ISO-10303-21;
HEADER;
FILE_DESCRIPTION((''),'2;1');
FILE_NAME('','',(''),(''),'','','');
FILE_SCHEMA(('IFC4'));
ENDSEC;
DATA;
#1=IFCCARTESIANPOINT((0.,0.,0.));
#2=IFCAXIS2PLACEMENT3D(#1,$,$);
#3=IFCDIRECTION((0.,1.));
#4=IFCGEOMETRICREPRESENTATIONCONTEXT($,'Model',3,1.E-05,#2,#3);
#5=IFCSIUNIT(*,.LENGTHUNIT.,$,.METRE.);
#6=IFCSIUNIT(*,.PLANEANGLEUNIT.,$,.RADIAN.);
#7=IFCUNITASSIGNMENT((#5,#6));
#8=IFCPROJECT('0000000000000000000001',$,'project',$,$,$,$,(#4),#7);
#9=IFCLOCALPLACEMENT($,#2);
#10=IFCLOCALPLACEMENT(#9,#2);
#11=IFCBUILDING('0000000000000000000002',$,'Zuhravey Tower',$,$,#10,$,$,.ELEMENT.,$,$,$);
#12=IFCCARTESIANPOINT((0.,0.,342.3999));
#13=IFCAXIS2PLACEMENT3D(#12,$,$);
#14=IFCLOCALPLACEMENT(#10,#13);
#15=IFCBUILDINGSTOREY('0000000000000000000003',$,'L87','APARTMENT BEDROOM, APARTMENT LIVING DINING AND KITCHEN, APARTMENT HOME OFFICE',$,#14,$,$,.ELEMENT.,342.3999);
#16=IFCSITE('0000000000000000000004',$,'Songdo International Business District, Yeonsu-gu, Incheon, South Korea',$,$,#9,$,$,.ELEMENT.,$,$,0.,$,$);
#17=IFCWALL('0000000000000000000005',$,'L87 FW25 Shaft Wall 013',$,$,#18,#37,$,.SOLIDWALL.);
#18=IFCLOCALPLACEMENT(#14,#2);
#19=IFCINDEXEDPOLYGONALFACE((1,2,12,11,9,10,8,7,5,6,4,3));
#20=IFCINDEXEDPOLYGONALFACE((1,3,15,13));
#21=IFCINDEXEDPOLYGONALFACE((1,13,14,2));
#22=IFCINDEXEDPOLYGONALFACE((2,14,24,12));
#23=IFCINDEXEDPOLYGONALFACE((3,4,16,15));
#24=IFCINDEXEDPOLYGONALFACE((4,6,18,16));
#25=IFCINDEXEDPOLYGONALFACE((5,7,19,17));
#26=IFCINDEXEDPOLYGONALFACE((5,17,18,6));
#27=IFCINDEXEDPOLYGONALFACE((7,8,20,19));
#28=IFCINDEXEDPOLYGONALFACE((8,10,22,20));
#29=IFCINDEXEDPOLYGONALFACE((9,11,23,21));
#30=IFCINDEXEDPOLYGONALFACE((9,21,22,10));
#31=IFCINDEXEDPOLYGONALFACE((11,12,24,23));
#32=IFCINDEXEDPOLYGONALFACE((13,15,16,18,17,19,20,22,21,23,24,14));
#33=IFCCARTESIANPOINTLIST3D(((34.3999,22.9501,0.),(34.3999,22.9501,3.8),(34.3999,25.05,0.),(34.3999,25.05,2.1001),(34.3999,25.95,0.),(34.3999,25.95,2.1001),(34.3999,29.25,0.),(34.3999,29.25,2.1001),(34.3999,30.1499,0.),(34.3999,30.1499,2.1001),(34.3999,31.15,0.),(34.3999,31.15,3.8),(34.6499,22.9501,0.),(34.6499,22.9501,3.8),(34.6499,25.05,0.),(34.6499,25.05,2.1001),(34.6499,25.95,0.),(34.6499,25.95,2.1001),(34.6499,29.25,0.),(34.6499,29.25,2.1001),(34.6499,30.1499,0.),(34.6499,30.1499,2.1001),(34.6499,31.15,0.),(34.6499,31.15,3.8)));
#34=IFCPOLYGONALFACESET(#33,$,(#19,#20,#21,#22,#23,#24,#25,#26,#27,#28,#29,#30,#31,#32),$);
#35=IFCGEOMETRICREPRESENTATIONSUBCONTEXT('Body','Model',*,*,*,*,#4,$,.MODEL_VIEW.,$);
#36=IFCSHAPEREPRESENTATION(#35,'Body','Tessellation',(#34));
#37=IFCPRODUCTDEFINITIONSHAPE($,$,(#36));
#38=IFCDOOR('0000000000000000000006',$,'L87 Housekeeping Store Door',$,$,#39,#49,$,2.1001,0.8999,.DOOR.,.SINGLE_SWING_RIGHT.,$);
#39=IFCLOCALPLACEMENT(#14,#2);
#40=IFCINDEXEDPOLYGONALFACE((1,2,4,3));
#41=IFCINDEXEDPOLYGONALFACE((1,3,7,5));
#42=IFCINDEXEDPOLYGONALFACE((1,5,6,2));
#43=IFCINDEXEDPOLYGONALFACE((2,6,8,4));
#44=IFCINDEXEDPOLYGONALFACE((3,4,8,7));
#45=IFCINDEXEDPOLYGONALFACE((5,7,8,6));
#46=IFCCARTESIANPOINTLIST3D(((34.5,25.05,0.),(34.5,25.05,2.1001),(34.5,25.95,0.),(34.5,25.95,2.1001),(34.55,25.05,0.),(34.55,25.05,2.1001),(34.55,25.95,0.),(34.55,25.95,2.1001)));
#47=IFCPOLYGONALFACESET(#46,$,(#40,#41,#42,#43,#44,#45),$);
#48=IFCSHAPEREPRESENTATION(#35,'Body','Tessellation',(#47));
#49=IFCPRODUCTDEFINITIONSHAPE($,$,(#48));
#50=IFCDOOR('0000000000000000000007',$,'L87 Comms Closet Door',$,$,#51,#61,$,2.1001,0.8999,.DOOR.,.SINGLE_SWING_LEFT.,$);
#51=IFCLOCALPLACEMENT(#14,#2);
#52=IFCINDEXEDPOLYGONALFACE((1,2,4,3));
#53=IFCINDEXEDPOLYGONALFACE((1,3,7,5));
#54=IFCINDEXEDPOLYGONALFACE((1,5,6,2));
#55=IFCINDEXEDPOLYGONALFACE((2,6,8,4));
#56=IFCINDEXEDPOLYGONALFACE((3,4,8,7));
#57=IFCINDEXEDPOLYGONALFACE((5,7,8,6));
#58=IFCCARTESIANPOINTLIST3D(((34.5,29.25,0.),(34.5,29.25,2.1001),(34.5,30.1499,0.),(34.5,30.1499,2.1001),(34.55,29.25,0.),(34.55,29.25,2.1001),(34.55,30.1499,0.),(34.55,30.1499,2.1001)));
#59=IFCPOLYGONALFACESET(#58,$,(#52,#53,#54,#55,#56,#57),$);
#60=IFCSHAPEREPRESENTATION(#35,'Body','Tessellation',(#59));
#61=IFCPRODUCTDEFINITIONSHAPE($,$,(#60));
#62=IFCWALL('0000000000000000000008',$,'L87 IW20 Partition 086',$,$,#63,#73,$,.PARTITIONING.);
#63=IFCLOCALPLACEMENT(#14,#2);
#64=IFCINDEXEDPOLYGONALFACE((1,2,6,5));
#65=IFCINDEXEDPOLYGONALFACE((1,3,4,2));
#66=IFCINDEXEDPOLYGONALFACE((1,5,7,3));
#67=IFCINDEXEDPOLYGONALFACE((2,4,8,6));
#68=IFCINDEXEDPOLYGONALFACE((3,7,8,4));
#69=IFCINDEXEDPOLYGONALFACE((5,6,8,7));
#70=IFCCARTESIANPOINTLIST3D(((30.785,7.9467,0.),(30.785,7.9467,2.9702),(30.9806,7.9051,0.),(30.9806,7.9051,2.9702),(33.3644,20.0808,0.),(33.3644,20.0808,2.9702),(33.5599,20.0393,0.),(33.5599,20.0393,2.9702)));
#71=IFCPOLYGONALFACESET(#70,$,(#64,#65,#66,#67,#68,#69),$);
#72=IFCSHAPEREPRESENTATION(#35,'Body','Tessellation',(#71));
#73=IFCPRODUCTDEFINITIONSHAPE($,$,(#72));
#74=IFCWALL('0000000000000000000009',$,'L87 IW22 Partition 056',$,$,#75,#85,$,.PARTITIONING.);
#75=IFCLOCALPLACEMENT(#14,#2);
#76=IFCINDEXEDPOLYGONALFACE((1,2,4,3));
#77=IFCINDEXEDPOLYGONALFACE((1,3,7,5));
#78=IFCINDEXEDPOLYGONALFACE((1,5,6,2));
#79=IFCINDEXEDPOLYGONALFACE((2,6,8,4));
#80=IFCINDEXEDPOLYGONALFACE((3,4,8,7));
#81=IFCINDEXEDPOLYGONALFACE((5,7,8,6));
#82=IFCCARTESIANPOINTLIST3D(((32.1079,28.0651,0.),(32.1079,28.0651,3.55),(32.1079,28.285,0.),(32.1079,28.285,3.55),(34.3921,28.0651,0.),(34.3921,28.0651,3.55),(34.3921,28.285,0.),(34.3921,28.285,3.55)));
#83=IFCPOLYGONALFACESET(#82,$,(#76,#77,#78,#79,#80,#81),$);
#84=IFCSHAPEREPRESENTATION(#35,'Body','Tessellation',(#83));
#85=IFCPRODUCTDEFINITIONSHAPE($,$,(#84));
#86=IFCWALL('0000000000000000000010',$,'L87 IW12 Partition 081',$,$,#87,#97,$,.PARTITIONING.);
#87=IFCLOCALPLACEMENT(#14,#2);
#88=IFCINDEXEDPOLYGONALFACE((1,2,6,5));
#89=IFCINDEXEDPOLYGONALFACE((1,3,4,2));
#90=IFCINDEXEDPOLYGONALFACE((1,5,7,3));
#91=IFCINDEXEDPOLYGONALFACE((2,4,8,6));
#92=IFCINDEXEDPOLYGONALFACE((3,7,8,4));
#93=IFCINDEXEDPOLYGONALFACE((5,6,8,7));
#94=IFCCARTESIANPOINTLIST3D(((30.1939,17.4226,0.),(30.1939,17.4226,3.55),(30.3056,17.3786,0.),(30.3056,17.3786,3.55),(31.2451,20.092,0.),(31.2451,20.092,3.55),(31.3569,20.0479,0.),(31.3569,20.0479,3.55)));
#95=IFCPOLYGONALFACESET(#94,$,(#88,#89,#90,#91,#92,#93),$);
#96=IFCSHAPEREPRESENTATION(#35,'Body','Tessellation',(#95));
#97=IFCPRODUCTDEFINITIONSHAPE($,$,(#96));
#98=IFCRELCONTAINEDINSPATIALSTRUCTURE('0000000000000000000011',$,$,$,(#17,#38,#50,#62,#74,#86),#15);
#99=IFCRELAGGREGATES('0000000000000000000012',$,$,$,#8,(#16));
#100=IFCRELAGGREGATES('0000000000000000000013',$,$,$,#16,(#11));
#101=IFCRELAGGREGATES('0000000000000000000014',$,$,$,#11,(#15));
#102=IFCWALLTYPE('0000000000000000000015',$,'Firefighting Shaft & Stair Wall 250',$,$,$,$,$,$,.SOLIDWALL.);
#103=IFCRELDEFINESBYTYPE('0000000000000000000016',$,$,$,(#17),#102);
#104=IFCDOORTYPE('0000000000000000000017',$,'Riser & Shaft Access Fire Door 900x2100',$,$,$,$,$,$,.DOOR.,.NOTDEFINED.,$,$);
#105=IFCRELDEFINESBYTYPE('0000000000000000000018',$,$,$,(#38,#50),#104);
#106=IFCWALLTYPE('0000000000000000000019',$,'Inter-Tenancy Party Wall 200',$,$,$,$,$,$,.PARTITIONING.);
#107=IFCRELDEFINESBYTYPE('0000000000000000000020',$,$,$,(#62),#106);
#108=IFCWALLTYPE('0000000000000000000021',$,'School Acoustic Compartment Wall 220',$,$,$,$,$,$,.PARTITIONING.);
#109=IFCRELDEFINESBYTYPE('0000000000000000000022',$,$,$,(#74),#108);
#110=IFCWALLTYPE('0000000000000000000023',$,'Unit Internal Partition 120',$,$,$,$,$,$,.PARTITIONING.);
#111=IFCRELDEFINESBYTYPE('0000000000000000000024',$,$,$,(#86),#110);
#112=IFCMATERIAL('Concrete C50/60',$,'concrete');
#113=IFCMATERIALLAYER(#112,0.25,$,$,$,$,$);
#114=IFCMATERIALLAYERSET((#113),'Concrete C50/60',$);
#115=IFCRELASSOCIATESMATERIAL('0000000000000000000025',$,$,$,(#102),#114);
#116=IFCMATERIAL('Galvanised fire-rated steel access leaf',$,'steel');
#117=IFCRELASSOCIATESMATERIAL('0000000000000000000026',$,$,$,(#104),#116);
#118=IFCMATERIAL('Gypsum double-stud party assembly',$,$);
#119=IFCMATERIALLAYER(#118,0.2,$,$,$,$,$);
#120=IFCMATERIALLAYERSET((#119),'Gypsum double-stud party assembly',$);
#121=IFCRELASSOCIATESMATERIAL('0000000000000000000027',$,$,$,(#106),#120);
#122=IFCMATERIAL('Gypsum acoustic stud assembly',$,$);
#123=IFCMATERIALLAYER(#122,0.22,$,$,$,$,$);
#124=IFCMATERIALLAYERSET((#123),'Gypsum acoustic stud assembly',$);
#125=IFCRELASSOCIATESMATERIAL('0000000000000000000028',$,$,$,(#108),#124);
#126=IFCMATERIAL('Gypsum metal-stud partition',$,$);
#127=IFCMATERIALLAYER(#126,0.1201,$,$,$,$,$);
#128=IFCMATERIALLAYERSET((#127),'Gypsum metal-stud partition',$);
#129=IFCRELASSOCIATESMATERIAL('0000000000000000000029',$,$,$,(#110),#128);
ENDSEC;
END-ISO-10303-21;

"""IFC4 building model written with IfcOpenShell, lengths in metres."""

from ifc_helpers import new_model, si_unit, direction, frame, frame_2d, origin, place, context, subcontext, project, spatial, rectangle, extrude, material, layer, layer_set, type_object, element, fill, save


model = new_model("IFC4")

# Units and contexts
model_context = context("Model", 3, precision=1e-05, world=origin(), true_north=direction((0.0, 1.0)))
body_context = subcontext(model_context, "Body", "Model", "MODEL_VIEW")
ifc_project = project(units=[si_unit("LENGTHUNIT", "METRE"), si_unit("PLANEANGLEUNIT", "RADIAN")], contexts=[model_context])

# Site, building, storey
site_placement = place(None, origin())
site = spatial("IfcSite", under=ifc_project, at=site_placement, Name="Songdo International Business District, Yeonsu-gu, Incheon, South Korea", CompositionType="ELEMENT", RefElevation=0.0)
building_placement = place(site_placement, origin())
building = spatial("IfcBuilding", under=site, at=building_placement, Name="Zuhravey Tower", CompositionType="ELEMENT")
storey_placement = place(building_placement, frame((0.0, 0.0, 342.3999)))
storey = spatial("IfcBuildingStorey", under=building, at=storey_placement, Name="L87", Description="APARTMENT BEDROOM, APARTMENT LIVING DINING AND KITCHEN, APARTMENT HOME OFFICE", CompositionType="ELEMENT", Elevation=342.3999)

# Shared definitions
ifc_material_1 = material(Name="Concrete C50/60", Category="concrete")
ifc_layer_1 = layer(ifc_material_1, 0.25)
ifc_layer_set_1 = layer_set([ifc_layer_1], Name="Concrete C50/60")
wall_type_1 = type_object("IfcWallType", Name="Firefighting Shaft & Stair Wall 250", PredefinedType="SOLIDWALL", material=ifc_layer_set_1)

# Shared definitions
ifc_material_2 = material(Name="Galvanised fire-rated steel access leaf", Category="steel")
door_type_1 = type_object("IfcDoorType", Name="Riser & Shaft Access Fire Door 900x2100", OperationType="NOTDEFINED", PredefinedType="DOOR", material=ifc_material_2)

# Wall, openings, doors
wall_1_placement = place(storey_placement, frame((34.5249, 22.95, 0.0), z_axis=(0.0, 0.0, 1.0), x_axis=(0.0, 1.0, 0.0)))
wall_1 = element("IfcWall", 1, at=wall_1_placement, inside=storey, type_object=wall_type_1, Name="L87 FW25 Shaft Wall 013", PredefinedType="SOLIDWALL", context=body_context, shape_type="SweptSolid", body=[
    extrude(rectangle(XDim=8.2, YDim=0.25, at=frame_2d((4.1001, 0.0))), origin(), (0.0, 0.0, 1.0), 3.8),
])
opening_1_placement = place(wall_1_placement, frame((2.1001, 0.0, 0.0)))
opening_1 = element("IfcOpeningElement", 2, at=opening_1_placement, cuts=wall_1, PredefinedType="OPENING", context=body_context, shape_type="SweptSolid", body=[
    extrude(rectangle(XDim=0.8999, YDim=2.1001, at=frame_2d((0.45, 1.05))), frame((0.0, 0.137, 0.0), z_axis=(0.0, -1.0, 0.0), x_axis=(1.0, 0.0, 0.0)), (0.0, 0.0, 1.0), 0.2739),
])
opening_2_placement = place(wall_1_placement, frame((6.3, 0.0, 0.0)))
opening_2 = element("IfcOpeningElement", 3, at=opening_2_placement, cuts=wall_1, PredefinedType="OPENING", context=body_context, shape_type="SweptSolid", body=[
    extrude(rectangle(XDim=0.8999, YDim=2.1001, at=frame_2d((0.45, 1.05))), frame((0.0, 0.137, 0.0), z_axis=(0.0, -1.0, 0.0), x_axis=(1.0, 0.0, 0.0)), (0.0, 0.0, 1.0), 0.2739),
])
door_1_placement = place(opening_1_placement, origin())
door_1 = element("IfcDoor", 4, at=door_1_placement, inside=storey, type_object=door_type_1, Name="L87 Housekeeping Store Door", OperationType="SINGLE_SWING_RIGHT", OverallHeight=2.1001, OverallWidth=0.8999, PredefinedType="DOOR", context=body_context, shape_type="SweptSolid", body=[
    extrude(rectangle(XDim=0.8999, YDim=2.1001, at=frame_2d((0.45, 1.05))), frame((0.0, 0.0249, 0.0), z_axis=(0.0, -1.0, 0.0), x_axis=(1.0, 0.0, 0.0)), (0.0, 0.0, 1.0), 0.05),
])
fill(opening_1, door_1)
door_2_placement = place(opening_2_placement, origin())
door_2 = element("IfcDoor", 5, at=door_2_placement, inside=storey, type_object=door_type_1, Name="L87 Comms Closet Door", OperationType="SINGLE_SWING_LEFT", OverallHeight=2.1001, OverallWidth=0.8999, PredefinedType="DOOR", context=body_context, shape_type="SweptSolid", body=[
    extrude(rectangle(XDim=0.8999, YDim=2.1001, at=frame_2d((0.45, 1.05))), frame((0.0, 0.0249, 0.0), z_axis=(0.0, -1.0, 0.0), x_axis=(1.0, 0.0, 0.0)), (0.0, 0.0, 1.0), 0.05),
])
fill(opening_2, door_2)

# Walls
ifc_material_3 = material(Name="Gypsum double-stud party assembly")
ifc_layer_2 = layer(ifc_material_3, 0.2)
ifc_layer_set_2 = layer_set([ifc_layer_2], Name="Gypsum double-stud party assembly")
wall_type_2 = type_object("IfcWallType", Name="Inter-Tenancy Party Wall 200", PredefinedType="PARTITIONING", material=ifc_layer_set_2)
wall_2_placement = place(storey_placement, frame((33.4622, 20.0601, 0.0), z_axis=(0.0, 0.0, 1.0), x_axis=(-0.207921, -0.978146, 0.0)))
element("IfcWall", 6, at=wall_2_placement, inside=storey, type_object=wall_type_2, Name="L87 IW20 Partition 086", PredefinedType="PARTITIONING", context=body_context, shape_type="SweptSolid", body=[
    extrude(rectangle(XDim=12.4053, YDim=0.2, at=frame_2d((6.2026, 0.0))), origin(), (0.0, 0.0, 1.0), 2.9702),
])
ifc_material_4 = material(Name="Gypsum acoustic stud assembly")
ifc_layer_3 = layer(ifc_material_4, 0.22)
ifc_layer_set_3 = layer_set([ifc_layer_3], Name="Gypsum acoustic stud assembly")
wall_type_3 = type_object("IfcWallType", Name="School Acoustic Compartment Wall 220", PredefinedType="PARTITIONING", material=ifc_layer_set_3)
wall_3_placement = place(storey_placement, frame((32.1079, 28.175, 0.0), z_axis=(0.0, 0.0, 1.0), x_axis=(1.0, 0.0, 0.0)))
element("IfcWall", 7, at=wall_3_placement, inside=storey, type_object=wall_type_3, Name="L87 IW22 Partition 056", PredefinedType="PARTITIONING", context=body_context, shape_type="SweptSolid", body=[
    extrude(rectangle(XDim=2.2842, YDim=0.22, at=frame_2d((1.1421, 0.0))), origin(), (0.0, 0.0, 1.0), 3.55),
])
ifc_material_5 = material(Name="Gypsum metal-stud partition")
ifc_layer_4 = layer(ifc_material_5, 0.1201)
ifc_layer_set_4 = layer_set([ifc_layer_4], Name="Gypsum metal-stud partition")
wall_type_4 = type_object("IfcWallType", Name="Unit Internal Partition 120", PredefinedType="PARTITIONING", material=ifc_layer_set_4)
wall_4_placement = place(storey_placement, frame((31.301, 20.0701, 0.0), z_axis=(0.0, 0.0, 1.0), x_axis=(-0.366426, -0.930447, 0.0)))
element("IfcWall", 8, at=wall_4_placement, inside=storey, type_object=wall_type_4, Name="L87 IW12 Partition 081", PredefinedType="PARTITIONING", context=body_context, shape_type="SweptSolid", body=[
    extrude(rectangle(XDim=2.8689, YDim=0.1201, at=frame_2d((1.4346, 0.0))), origin(), (0.0, 0.0, 1.0), 3.55),
])

save(model, "model.ifc")
